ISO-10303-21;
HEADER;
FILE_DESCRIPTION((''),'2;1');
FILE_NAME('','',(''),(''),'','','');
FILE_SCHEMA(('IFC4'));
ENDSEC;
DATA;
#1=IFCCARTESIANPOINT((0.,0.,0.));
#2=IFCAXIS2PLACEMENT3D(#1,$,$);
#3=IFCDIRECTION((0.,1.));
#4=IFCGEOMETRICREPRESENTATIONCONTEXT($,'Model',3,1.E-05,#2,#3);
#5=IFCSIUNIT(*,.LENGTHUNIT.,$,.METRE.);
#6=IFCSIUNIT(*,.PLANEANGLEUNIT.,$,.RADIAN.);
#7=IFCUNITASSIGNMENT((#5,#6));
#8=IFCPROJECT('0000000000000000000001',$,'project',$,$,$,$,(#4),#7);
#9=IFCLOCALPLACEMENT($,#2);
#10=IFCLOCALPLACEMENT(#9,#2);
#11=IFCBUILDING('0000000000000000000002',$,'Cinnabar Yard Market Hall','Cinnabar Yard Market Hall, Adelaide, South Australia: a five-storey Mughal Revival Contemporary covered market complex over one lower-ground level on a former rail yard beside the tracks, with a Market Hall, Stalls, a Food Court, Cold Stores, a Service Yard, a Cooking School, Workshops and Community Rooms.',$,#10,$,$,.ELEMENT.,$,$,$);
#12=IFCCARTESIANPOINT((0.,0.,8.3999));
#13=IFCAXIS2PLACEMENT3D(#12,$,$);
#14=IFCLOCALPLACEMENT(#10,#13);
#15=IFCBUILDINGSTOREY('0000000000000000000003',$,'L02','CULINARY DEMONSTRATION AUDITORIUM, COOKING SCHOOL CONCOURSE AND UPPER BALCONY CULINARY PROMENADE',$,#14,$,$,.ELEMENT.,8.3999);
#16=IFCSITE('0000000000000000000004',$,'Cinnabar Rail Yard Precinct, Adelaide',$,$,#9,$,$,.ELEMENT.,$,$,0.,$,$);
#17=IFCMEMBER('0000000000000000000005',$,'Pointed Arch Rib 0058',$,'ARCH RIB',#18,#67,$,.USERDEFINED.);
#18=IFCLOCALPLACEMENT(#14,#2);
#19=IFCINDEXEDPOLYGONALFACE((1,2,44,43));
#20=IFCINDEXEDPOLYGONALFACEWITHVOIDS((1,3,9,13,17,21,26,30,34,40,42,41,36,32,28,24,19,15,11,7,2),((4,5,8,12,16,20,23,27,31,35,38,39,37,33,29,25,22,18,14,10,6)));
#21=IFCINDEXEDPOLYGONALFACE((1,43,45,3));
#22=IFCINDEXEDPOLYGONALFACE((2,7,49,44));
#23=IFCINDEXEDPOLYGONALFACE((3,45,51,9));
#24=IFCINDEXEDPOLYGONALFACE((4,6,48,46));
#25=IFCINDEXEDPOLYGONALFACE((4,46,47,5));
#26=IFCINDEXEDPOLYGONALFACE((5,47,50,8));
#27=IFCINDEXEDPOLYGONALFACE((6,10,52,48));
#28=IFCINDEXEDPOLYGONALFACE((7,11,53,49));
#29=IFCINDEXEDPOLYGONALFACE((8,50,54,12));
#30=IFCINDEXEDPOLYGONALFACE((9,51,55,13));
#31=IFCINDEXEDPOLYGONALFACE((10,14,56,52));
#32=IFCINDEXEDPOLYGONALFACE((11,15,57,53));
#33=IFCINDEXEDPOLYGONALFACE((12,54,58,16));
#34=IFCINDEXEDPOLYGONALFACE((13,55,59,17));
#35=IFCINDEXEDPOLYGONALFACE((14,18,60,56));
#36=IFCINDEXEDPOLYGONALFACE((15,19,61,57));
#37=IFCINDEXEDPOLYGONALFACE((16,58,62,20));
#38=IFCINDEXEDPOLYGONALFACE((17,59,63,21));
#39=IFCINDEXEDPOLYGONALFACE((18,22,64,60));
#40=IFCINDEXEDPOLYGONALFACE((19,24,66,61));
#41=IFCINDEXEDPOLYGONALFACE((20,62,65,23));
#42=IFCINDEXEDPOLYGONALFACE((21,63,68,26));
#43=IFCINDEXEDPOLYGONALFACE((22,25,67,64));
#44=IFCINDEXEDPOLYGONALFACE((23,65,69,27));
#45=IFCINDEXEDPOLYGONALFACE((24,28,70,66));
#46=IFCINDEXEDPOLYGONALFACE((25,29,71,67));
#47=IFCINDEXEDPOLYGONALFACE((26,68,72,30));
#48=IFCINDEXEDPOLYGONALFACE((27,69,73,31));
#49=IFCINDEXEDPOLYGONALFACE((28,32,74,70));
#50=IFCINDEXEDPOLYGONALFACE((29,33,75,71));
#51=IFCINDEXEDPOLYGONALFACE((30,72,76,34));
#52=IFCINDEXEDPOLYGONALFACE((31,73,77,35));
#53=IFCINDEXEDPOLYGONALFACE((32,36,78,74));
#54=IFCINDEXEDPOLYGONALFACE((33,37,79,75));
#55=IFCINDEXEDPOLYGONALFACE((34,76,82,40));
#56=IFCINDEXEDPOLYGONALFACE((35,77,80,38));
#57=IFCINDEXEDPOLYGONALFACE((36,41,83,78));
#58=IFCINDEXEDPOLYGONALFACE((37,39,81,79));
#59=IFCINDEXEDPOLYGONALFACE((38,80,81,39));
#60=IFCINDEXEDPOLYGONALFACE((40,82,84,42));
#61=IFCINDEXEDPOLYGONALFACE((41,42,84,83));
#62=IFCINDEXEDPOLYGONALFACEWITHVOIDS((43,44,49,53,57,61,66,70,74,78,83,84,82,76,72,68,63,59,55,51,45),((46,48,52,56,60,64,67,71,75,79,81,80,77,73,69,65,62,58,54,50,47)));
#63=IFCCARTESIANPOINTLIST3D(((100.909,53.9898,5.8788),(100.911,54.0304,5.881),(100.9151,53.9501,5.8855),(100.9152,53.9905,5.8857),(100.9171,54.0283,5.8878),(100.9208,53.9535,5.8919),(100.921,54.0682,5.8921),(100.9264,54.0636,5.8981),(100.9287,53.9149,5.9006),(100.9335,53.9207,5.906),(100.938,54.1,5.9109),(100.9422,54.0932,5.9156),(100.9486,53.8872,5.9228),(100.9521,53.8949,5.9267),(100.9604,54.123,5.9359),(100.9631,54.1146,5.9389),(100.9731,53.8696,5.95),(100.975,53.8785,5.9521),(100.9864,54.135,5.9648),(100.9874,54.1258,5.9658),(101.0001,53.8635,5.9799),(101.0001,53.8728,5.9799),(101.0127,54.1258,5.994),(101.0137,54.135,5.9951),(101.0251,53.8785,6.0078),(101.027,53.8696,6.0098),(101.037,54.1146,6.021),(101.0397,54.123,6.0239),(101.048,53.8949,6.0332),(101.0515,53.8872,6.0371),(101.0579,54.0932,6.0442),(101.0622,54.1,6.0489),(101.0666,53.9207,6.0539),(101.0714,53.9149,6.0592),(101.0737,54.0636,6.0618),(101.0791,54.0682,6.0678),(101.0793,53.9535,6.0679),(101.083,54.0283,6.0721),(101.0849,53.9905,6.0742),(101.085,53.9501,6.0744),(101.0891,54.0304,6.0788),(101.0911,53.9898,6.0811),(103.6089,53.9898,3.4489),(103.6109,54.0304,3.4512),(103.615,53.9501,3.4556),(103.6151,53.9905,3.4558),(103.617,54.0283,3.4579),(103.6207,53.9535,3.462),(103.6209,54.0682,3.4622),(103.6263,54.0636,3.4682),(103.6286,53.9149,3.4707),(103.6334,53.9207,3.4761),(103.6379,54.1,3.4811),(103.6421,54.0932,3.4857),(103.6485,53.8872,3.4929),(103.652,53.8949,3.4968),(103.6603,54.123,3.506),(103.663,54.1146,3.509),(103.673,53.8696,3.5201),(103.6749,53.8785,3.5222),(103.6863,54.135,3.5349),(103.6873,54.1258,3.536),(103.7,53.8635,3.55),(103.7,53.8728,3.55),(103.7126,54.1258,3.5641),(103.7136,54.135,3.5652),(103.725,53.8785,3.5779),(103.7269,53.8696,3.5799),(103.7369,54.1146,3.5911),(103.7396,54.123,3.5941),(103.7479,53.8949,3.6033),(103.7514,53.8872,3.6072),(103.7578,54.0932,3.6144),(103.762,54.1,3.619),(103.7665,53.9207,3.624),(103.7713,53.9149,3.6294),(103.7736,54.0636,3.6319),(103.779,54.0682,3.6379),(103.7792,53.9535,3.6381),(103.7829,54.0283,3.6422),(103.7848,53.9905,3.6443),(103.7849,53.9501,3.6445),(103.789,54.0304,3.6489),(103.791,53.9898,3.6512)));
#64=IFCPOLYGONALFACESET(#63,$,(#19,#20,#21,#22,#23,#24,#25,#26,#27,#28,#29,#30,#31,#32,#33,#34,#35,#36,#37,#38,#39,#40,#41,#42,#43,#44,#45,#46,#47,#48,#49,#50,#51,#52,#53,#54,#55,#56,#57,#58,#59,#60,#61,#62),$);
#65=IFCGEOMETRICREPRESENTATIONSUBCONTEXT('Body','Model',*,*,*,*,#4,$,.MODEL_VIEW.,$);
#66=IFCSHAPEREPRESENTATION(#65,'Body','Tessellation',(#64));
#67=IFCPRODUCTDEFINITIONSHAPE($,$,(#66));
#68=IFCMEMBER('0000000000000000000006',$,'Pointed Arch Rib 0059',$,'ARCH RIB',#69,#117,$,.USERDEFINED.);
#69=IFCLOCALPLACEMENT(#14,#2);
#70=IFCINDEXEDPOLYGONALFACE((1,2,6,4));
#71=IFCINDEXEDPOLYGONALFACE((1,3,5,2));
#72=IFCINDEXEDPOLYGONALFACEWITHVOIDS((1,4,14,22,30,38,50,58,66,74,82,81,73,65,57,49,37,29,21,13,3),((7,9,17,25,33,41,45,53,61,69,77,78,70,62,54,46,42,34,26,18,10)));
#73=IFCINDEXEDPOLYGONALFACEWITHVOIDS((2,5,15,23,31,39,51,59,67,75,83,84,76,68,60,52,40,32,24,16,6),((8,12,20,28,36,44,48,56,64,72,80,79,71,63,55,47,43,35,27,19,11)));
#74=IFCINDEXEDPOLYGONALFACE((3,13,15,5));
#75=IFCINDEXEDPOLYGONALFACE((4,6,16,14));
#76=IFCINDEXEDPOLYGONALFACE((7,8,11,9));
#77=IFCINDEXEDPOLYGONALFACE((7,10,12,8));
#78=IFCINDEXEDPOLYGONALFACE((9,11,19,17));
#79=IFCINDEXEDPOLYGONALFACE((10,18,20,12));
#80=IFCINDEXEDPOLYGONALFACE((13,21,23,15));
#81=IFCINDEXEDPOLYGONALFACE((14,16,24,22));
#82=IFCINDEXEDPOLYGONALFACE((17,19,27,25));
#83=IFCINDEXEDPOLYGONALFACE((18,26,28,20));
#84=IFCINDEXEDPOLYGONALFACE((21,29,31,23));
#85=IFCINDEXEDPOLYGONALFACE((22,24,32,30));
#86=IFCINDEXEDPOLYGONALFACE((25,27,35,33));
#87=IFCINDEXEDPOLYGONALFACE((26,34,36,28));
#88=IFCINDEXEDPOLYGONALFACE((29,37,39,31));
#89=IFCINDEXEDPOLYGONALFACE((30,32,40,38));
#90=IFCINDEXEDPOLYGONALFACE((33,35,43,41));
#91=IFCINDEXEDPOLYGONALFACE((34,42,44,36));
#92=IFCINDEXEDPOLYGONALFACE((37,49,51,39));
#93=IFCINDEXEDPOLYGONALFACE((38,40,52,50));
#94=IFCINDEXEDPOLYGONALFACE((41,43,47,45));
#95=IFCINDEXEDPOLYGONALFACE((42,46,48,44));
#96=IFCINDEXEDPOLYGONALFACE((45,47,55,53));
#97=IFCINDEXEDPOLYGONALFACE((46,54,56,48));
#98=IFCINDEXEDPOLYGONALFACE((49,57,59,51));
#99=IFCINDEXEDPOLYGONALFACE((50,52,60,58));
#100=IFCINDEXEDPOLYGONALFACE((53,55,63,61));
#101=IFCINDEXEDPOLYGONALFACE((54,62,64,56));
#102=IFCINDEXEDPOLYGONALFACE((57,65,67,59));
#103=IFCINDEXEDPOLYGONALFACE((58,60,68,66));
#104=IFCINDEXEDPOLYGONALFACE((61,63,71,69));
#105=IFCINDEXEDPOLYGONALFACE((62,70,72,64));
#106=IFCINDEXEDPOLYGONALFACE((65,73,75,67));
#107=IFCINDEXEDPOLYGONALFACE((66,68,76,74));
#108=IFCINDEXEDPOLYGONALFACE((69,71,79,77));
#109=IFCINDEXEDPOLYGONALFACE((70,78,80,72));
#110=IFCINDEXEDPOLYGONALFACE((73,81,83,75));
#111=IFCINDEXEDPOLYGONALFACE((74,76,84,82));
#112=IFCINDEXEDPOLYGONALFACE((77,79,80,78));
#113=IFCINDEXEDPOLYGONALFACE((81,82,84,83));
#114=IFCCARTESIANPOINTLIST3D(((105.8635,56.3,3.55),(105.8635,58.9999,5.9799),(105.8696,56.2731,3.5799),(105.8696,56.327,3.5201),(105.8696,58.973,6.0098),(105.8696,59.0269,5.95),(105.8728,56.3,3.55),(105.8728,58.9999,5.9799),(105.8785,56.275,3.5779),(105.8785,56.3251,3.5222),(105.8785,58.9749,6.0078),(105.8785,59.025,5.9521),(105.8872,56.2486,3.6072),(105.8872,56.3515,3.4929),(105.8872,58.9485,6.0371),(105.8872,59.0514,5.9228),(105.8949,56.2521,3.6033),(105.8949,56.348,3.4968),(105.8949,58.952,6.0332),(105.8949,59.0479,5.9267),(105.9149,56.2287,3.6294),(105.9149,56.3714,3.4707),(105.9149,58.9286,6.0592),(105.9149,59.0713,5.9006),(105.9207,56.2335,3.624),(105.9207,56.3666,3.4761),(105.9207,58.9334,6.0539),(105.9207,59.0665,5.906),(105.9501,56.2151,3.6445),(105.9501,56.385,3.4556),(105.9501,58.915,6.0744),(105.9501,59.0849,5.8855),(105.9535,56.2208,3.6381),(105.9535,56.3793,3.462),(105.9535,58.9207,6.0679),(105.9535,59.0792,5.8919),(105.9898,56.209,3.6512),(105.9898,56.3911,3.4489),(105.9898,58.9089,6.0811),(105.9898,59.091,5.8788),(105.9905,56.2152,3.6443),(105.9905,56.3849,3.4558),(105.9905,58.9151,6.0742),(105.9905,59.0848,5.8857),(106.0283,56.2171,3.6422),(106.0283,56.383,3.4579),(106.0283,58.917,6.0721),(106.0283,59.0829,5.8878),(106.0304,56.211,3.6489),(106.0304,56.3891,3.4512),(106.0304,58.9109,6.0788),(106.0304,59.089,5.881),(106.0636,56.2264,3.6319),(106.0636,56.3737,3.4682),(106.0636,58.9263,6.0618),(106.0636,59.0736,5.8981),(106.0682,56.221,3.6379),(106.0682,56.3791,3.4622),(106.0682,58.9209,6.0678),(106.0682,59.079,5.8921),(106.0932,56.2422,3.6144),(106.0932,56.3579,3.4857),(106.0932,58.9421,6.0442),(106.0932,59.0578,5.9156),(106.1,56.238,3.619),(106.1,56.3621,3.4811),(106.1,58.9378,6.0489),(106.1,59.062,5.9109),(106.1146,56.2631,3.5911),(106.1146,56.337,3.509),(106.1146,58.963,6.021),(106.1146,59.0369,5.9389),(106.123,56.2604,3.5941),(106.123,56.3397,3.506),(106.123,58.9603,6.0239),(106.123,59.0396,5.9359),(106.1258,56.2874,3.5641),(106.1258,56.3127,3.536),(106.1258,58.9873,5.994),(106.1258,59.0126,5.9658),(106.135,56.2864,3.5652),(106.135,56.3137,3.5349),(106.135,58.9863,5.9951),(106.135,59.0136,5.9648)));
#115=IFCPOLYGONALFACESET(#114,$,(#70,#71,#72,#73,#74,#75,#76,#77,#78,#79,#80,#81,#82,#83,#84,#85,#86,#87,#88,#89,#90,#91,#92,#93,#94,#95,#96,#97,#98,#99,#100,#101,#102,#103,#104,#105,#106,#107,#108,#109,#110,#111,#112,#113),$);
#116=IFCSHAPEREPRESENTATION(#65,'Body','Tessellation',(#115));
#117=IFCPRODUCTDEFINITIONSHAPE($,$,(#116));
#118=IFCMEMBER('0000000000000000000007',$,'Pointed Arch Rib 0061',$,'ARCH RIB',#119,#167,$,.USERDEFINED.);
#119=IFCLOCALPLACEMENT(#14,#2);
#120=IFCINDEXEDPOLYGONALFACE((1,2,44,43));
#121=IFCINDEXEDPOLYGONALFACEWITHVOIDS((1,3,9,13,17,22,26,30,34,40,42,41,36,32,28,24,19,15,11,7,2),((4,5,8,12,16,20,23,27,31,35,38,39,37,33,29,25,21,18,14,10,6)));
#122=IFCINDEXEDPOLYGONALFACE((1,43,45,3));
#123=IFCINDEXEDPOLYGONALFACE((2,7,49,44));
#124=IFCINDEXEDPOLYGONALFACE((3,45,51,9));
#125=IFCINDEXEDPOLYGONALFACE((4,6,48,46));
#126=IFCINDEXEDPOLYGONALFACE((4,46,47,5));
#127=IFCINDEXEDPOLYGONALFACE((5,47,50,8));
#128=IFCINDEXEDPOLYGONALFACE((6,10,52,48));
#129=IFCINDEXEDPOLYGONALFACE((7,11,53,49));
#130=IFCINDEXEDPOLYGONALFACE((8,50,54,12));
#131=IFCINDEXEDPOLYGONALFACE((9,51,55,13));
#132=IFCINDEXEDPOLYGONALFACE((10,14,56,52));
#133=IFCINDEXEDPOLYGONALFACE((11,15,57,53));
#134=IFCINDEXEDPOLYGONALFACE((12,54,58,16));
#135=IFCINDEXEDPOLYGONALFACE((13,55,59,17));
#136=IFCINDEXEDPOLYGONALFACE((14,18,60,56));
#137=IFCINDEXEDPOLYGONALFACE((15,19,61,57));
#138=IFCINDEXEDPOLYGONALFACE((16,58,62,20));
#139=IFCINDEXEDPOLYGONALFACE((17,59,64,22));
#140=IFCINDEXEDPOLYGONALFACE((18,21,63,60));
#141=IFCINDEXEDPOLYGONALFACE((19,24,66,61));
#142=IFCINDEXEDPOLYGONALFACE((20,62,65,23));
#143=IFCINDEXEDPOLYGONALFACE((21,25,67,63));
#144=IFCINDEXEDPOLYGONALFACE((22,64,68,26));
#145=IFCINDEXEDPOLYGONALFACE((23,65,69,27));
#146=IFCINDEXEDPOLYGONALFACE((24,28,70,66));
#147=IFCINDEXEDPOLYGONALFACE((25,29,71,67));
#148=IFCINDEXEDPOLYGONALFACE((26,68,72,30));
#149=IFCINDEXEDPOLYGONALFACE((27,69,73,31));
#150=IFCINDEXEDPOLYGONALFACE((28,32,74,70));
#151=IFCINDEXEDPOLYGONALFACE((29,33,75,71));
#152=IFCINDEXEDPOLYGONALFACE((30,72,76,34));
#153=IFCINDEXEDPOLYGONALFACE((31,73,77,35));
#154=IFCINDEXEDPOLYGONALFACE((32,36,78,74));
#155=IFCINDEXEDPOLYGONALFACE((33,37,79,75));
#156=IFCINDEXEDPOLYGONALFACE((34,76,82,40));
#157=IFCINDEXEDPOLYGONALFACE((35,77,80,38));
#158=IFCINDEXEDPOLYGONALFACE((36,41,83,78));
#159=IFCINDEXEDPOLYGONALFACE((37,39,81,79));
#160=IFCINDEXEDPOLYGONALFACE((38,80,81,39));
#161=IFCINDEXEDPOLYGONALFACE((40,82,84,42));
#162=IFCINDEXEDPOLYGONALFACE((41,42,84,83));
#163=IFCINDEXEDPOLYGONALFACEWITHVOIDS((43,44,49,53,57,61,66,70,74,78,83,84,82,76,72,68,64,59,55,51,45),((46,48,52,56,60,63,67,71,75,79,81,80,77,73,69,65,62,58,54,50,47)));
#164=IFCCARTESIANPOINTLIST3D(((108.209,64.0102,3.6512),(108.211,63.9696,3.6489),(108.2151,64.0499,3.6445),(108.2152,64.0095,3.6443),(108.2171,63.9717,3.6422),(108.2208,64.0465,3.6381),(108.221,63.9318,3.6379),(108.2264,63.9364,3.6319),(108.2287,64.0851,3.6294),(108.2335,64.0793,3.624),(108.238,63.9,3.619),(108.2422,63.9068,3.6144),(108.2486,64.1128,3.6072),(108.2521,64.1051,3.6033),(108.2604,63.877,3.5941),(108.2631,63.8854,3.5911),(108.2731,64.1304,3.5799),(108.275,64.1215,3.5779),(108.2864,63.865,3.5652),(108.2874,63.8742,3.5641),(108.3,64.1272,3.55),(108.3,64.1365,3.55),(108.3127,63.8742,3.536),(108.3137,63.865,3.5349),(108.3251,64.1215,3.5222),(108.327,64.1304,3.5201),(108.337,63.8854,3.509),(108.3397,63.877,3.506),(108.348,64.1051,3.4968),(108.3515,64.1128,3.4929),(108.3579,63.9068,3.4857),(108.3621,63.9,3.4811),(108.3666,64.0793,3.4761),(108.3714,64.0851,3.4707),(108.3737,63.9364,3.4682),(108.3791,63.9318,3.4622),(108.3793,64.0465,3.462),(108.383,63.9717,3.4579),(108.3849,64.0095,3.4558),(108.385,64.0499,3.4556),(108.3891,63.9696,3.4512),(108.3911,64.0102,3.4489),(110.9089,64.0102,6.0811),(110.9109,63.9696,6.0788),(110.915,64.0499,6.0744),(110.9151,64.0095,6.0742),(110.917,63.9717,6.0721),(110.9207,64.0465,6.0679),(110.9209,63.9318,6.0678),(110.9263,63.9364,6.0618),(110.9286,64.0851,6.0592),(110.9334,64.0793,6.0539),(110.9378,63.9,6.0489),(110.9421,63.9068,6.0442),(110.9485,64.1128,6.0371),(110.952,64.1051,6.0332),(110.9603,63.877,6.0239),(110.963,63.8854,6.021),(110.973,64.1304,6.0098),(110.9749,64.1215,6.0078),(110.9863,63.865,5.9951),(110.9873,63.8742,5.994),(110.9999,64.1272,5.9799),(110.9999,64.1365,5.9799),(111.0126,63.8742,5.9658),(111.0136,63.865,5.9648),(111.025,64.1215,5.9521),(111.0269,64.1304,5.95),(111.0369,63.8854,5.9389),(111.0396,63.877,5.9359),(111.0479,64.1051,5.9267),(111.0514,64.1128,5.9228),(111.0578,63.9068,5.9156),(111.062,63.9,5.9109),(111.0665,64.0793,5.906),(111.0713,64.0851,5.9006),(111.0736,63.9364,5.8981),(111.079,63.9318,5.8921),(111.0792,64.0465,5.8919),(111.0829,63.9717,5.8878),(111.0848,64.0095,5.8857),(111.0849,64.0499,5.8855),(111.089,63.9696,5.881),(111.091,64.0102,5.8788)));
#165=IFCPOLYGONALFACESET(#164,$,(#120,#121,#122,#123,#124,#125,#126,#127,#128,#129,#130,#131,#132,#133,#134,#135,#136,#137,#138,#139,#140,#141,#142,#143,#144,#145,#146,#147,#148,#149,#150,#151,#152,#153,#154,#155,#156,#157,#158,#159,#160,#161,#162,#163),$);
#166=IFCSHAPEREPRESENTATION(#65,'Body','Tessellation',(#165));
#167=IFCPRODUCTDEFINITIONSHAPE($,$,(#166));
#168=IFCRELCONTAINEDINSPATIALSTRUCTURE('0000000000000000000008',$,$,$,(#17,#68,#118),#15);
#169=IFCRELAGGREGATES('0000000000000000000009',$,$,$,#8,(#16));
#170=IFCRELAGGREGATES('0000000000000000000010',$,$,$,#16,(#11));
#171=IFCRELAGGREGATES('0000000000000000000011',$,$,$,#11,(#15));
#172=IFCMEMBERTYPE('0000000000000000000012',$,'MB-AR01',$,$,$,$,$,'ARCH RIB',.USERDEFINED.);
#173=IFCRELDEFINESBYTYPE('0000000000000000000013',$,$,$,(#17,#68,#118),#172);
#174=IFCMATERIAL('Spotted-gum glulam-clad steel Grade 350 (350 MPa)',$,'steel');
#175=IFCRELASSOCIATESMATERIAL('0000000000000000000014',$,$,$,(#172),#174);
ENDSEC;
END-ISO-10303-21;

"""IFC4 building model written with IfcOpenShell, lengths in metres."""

from ifc_helpers import new_model, si_unit, direction, frame, origin, origin_2d_with_axis, place, context, subcontext, project, spatial, hollow_circle, extrude, material, material_profile, profile_set, type_object, element, save


model = new_model("IFC4")

# Units and contexts
model_context = context("Model", 3, precision=1e-05, world=origin(), true_north=direction((0.0, 1.0)))
body_context = subcontext(model_context, "Body", "Model", "MODEL_VIEW")
ifc_project = project(units=[si_unit("LENGTHUNIT", "METRE"), si_unit("PLANEANGLEUNIT", "RADIAN")], contexts=[model_context])

# Site, building, storey
site_placement = place(None, origin())
site = spatial("IfcSite", under=ifc_project, at=site_placement, Name="Cinnabar Rail Yard Precinct, Adelaide", CompositionType="ELEMENT", RefElevation=0.0)
building_placement = place(site_placement, origin())
building = spatial("IfcBuilding", under=site, at=building_placement, Name="Cinnabar Yard Market Hall", Description="Cinnabar Yard Market Hall, Adelaide, South Australia: a five-storey Mughal Revival Contemporary covered market complex over one lower-ground level on a former rail yard beside the tracks, with a Market Hall, Stalls, a Food Court, Cold Stores, a Service Yard, a Cooking School, Workshops and Community Rooms.", CompositionType="ELEMENT")
storey_placement = place(building_placement, frame((0.0, 0.0, 8.3999)))
storey = spatial("IfcBuildingStorey", under=building, at=storey_placement, Name="L02", Description="CULINARY DEMONSTRATION AUDITORIUM, COOKING SCHOOL CONCOURSE AND UPPER BALCONY CULINARY PROMENADE", CompositionType="ELEMENT", Elevation=8.3999)

# Shared definitions
ifc_material_1 = material(Name="Spotted-gum glulam-clad steel Grade 350 (350 MPa)", Category="steel")

# Members
ifc_material_profile_1 = material_profile(ifc_material_1, hollow_circle(Radius=0.1365, WallThickness=0.0093, at=origin_2d_with_axis()), Name="273.1x9.3CHS")
ifc_profile_set_1 = profile_set([ifc_material_profile_1], Name="Spotted-gum glulam-clad steel Grade 350 (350 MPa)")
member_type_1 = type_object("IfcMemberType", Name="MB-AR01", ElementType="ARCH RIB", PredefinedType="USERDEFINED", material=ifc_profile_set_1)
for number, where, z_axis, x_axis, name in (
    (1, (103.7, 54.0, 3.55), (-0.743297, 0.0, 0.668961), (0.0, -1.0, 0.0), "Pointed Arch Rib 0058"),
    (2, (106.0, 56.3, 3.55), (0.0, 0.743297, 0.668961), (-1.0, 0.0, 0.0), "Pointed Arch Rib 0059"),
    (3, (108.3, 64.0, 3.55), (0.743297, 0.0, 0.668961), (0.0, 1.0, 0.0), "Pointed Arch Rib 0061"),
):
    element("IfcMember", number, at=place(storey_placement, frame(where, z_axis=z_axis, x_axis=x_axis)), inside=storey, type_object=member_type_1, Name=name, ObjectType="ARCH RIB", PredefinedType="USERDEFINED", context=body_context, shape_type="SweptSolid", body=[
        extrude(hollow_circle(Radius=0.1365, WallThickness=0.0093, at=origin_2d_with_axis()), origin(), (0.0, 0.0, 1.0), 3.6323),
    ])

save(model, "model.ifc")
